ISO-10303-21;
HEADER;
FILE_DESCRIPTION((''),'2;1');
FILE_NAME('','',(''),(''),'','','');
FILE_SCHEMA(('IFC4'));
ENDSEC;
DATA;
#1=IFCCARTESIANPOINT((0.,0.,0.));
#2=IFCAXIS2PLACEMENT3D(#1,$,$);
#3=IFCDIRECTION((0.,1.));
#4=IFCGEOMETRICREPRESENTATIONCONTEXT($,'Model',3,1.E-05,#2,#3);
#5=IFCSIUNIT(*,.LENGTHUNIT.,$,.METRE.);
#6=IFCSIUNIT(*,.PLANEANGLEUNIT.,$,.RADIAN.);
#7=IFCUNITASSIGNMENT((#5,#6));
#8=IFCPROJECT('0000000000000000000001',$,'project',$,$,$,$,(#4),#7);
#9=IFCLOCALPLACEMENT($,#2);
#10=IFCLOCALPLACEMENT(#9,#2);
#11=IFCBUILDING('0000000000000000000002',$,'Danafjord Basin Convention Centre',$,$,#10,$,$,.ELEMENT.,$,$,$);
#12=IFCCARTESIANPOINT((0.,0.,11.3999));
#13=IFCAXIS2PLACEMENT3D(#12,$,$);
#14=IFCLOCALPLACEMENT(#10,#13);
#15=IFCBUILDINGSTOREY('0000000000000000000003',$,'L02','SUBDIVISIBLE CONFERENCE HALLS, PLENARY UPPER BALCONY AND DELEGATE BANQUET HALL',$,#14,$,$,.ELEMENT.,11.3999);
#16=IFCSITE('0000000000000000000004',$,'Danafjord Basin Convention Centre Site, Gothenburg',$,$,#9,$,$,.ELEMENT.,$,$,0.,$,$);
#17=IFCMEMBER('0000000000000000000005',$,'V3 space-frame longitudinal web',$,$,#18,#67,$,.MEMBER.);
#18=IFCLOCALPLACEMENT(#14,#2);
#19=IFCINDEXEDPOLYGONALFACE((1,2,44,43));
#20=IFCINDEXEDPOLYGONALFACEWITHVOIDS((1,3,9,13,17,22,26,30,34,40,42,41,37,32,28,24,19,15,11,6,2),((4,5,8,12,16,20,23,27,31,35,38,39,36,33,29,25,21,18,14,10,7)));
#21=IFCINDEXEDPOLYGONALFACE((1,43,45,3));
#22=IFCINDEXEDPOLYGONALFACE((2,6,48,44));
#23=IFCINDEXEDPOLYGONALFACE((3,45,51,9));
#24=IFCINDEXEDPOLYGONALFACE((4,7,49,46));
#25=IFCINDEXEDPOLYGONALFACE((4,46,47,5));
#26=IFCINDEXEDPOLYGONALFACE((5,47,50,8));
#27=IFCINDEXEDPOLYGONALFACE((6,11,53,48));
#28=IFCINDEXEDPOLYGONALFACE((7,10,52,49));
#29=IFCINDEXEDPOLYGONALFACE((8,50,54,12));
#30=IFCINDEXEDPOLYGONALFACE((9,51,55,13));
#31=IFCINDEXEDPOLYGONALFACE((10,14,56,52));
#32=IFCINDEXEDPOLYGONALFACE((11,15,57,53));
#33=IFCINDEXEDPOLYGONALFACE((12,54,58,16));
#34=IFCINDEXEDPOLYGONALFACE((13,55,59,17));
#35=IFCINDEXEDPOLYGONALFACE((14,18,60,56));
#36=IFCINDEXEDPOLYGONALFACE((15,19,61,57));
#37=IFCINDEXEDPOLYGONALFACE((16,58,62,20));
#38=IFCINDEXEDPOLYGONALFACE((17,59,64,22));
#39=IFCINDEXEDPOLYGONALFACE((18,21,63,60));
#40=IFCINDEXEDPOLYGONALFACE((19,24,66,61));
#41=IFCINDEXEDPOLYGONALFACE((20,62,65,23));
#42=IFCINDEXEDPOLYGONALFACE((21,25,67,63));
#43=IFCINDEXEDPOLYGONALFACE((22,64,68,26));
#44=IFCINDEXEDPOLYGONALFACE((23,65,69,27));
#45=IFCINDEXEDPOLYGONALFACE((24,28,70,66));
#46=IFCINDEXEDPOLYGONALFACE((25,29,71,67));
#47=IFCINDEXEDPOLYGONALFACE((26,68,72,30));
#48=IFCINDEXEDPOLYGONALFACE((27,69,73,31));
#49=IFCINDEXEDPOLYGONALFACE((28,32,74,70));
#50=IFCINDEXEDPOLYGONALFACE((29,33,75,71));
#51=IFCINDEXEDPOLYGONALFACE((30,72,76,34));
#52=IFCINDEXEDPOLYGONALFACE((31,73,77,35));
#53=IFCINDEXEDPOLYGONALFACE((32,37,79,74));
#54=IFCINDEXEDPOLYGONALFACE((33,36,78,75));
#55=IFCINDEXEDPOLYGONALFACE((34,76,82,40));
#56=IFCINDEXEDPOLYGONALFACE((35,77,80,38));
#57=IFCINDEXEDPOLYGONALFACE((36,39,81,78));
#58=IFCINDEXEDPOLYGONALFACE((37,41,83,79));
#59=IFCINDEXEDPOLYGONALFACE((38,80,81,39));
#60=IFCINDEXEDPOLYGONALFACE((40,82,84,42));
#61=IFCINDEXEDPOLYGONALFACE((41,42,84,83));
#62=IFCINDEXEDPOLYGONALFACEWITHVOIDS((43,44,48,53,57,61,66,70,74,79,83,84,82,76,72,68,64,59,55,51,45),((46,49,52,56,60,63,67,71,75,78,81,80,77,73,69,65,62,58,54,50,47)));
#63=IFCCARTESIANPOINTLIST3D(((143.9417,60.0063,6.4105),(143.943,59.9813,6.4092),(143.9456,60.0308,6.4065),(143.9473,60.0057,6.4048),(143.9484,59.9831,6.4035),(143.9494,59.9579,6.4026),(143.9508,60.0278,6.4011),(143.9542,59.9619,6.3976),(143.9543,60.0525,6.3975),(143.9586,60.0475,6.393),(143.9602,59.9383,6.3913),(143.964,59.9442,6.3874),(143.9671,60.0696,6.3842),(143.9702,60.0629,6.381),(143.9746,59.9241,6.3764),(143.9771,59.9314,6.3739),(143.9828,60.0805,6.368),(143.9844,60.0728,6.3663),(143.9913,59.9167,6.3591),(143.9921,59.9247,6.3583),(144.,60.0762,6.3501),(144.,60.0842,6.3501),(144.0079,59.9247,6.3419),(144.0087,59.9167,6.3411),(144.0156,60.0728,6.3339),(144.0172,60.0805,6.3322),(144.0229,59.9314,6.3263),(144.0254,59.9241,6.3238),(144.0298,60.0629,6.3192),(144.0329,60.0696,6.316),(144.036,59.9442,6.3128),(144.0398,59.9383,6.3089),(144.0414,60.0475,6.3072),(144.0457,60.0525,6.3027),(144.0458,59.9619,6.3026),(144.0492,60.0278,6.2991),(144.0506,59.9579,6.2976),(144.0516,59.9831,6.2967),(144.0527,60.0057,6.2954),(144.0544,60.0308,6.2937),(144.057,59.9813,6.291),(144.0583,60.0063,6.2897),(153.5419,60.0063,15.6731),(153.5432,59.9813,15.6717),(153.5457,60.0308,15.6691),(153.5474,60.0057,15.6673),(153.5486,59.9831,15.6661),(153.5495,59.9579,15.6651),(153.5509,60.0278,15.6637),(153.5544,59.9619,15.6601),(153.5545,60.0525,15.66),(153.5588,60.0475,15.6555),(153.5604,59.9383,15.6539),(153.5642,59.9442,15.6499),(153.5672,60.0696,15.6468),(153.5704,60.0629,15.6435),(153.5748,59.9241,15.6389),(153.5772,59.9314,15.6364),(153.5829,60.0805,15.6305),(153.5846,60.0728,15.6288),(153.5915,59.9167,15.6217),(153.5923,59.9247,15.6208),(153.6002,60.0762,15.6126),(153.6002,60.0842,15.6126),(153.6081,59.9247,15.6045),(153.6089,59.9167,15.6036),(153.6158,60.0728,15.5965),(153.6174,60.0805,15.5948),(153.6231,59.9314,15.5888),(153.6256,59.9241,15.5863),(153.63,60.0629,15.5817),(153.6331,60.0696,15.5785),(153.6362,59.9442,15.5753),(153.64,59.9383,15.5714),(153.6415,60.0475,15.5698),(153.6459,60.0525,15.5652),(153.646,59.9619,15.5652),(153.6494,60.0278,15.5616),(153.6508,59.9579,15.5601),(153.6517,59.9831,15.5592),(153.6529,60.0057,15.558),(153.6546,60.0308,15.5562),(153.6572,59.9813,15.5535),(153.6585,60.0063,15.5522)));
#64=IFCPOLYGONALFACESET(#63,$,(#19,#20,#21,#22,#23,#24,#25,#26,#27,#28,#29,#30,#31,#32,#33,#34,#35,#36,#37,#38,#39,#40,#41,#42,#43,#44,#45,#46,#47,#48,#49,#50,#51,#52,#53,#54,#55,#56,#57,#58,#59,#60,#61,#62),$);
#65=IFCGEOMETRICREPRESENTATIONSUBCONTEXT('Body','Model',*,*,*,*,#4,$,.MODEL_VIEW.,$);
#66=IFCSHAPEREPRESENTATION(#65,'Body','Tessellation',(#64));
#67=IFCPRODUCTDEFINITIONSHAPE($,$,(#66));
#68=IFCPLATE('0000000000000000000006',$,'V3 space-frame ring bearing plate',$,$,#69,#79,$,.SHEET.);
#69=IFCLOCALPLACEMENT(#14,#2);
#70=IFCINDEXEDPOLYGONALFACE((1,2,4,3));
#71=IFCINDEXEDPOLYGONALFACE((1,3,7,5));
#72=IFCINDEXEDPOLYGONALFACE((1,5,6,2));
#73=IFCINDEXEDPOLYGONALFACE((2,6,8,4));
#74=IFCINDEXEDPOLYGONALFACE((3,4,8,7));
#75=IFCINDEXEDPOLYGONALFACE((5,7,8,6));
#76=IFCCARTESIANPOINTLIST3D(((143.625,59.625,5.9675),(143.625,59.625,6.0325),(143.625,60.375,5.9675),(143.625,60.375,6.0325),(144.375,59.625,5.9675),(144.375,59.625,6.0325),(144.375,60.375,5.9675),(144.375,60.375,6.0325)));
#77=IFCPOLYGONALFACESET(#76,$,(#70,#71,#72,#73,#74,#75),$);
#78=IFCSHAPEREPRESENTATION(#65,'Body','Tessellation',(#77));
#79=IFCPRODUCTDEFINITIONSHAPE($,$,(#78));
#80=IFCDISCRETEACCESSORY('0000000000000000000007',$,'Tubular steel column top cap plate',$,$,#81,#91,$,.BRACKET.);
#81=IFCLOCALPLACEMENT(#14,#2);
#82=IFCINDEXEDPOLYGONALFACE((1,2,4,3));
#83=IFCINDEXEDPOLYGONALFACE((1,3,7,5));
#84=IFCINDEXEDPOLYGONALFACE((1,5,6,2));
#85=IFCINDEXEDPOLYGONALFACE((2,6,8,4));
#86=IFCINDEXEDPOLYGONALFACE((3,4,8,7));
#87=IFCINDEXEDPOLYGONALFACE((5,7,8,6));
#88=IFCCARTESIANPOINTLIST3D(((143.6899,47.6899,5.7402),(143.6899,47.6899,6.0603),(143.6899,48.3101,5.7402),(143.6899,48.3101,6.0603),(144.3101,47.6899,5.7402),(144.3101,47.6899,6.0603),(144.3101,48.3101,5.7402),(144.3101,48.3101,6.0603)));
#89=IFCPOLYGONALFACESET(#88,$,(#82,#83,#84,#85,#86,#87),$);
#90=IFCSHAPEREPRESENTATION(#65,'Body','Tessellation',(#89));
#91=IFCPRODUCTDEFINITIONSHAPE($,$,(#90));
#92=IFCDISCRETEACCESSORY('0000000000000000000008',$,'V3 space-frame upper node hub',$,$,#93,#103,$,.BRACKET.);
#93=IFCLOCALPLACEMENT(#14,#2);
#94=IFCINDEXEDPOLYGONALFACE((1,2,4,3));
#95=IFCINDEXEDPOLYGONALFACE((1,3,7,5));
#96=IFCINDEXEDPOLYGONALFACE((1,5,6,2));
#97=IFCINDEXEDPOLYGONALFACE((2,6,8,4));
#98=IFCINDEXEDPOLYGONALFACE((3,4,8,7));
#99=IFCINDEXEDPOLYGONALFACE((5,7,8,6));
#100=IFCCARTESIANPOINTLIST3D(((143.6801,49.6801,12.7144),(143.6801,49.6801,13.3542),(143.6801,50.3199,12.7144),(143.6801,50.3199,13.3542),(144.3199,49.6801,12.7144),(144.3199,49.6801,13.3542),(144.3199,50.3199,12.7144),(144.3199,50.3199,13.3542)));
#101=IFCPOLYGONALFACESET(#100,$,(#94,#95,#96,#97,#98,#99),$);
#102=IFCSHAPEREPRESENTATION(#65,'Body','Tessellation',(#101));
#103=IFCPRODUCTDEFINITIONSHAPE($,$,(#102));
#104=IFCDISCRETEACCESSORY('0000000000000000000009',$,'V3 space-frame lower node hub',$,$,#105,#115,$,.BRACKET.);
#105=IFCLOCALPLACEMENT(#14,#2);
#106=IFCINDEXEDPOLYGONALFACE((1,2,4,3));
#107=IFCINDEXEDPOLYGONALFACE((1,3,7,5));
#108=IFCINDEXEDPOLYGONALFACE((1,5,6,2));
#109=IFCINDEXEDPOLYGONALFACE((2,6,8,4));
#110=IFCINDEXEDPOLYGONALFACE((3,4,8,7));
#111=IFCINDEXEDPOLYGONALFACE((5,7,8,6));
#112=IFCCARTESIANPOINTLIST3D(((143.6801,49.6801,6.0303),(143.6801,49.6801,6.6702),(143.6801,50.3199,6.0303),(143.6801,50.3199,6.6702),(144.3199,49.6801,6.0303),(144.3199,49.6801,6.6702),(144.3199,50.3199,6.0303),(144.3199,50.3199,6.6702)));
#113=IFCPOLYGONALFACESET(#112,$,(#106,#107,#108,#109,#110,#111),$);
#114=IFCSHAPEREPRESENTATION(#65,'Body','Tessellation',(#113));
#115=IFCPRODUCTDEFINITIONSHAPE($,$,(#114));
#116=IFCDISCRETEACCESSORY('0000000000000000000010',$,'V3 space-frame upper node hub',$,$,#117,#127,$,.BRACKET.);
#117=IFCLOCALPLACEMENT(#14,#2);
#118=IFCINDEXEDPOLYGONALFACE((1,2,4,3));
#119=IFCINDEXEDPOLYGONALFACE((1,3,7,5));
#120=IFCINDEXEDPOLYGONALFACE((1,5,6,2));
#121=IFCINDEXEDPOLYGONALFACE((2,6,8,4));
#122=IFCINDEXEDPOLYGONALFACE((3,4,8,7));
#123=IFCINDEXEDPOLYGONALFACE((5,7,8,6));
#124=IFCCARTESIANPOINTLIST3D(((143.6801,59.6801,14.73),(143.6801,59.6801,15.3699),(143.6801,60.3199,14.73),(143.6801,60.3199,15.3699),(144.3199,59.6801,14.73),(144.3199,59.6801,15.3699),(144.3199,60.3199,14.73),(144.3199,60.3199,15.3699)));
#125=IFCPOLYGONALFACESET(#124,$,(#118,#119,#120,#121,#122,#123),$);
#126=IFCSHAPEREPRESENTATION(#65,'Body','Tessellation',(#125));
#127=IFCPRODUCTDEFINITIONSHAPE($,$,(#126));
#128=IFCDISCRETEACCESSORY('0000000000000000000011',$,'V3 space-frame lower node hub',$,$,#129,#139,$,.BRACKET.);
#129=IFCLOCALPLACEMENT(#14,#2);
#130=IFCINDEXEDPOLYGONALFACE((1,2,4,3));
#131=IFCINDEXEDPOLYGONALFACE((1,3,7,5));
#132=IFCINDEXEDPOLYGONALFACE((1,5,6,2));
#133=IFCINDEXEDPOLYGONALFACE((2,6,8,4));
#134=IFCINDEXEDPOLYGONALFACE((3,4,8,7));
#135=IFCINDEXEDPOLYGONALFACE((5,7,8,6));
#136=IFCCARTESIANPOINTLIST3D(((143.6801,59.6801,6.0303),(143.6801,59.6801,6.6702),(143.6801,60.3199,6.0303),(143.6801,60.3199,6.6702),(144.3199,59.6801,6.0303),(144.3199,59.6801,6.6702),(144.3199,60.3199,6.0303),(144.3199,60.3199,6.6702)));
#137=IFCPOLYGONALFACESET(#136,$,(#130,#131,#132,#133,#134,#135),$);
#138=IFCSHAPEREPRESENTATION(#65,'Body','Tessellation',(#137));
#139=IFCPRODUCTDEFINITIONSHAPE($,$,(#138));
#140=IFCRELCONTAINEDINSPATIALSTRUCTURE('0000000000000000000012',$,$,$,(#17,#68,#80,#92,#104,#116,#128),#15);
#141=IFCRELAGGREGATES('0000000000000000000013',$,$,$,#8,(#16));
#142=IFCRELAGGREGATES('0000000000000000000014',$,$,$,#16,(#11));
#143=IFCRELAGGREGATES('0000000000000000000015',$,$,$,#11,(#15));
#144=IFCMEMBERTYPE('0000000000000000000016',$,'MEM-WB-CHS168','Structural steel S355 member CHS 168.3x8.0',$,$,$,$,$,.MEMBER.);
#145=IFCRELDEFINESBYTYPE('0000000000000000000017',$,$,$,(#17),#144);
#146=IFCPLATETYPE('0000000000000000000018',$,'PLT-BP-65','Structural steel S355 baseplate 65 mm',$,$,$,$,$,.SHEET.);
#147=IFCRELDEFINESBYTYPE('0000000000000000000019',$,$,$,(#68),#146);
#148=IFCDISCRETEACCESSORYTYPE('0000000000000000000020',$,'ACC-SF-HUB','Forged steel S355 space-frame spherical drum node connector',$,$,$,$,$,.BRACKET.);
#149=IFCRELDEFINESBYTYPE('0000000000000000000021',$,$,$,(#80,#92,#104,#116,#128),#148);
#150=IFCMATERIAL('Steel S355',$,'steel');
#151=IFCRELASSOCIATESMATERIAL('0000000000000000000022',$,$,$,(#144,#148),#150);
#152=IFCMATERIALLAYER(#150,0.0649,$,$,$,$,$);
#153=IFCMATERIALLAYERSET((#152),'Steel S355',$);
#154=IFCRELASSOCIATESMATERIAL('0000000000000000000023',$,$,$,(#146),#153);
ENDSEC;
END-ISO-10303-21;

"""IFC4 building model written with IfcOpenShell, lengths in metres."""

from ifc_helpers import new_model, si_unit, direction, frame, origin, origin_2d, place, context, subcontext, project, spatial, rectangle, hollow_circle, extrude, material, layer, layer_set, material_profile, profile_set, type_object, element, save


model = new_model("IFC4")

# Units and contexts
model_context = context("Model", 3, precision=1e-05, world=origin(), true_north=direction((0.0, 1.0)))
body_context = subcontext(model_context, "Body", "Model", "MODEL_VIEW")
ifc_project = project(units=[si_unit("LENGTHUNIT", "METRE"), si_unit("PLANEANGLEUNIT", "RADIAN")], contexts=[model_context])

# Site, building, storey
site_placement = place(None, origin())
site = spatial("IfcSite", under=ifc_project, at=site_placement, Name="Danafjord Basin Convention Centre Site, Gothenburg", CompositionType="ELEMENT", RefElevation=0.0)
building_placement = place(site_placement, origin())
building = spatial("IfcBuilding", under=site, at=building_placement, Name="Danafjord Basin Convention Centre", CompositionType="ELEMENT")
storey_placement = place(building_placement, frame((0.0, 0.0, 11.3999)))
storey = spatial("IfcBuildingStorey", under=building, at=storey_placement, Name="L02", Description="SUBDIVISIBLE CONFERENCE HALLS, PLENARY UPPER BALCONY AND DELEGATE BANQUET HALL", CompositionType="ELEMENT", Elevation=11.3999)

# Shared definitions
ifc_material = material(Name="Steel S355", Category="steel")

# Member
ifc_material_profile_1 = material_profile(ifc_material, hollow_circle(Radius=0.0842, WallThickness=0.0081, at=origin_2d()), Name="CHS 168.3x8.0")
ifc_profile_set_1 = profile_set([ifc_material_profile_1], Name="Steel S355")
member_type_1 = type_object("IfcMemberType", Name="MEM-WB-CHS168", Description="Structural steel S355 member CHS 168.3x8.0", PredefinedType="MEMBER", material=ifc_profile_set_1)
member_1_placement = place(storey_placement, frame((144.0, 60.0, 6.3501), z_axis=(0.719649, 0.0, 0.694338), x_axis=(0.0, 1.0, 0.0)))
element("IfcMember", 1, at=member_1_placement, inside=storey, type_object=member_type_1, Name="V3 space-frame longitudinal web", PredefinedType="MEMBER", context=body_context, shape_type="SweptSolid", body=[
    extrude(hollow_circle(Radius=0.0842, WallThickness=0.0081, at=origin_2d()), origin(), (0.0, 0.0, 1.0), 13.3401),
])

# Plate
ifc_layer = layer(ifc_material, 0.0649)
ifc_layer_set = layer_set([ifc_layer], Name="Steel S355")
plate_type = type_object("IfcPlateType", Name="PLT-BP-65", Description="Structural steel S355 baseplate 65 mm", PredefinedType="SHEET", material=ifc_layer_set)
plate_placement = place(storey_placement, frame((144.0, 60.0, 5.9675), z_axis=(0.0, 0.0, 1.0), x_axis=(1.0, 0.0, 0.0)))
element("IfcPlate", 2, at=plate_placement, inside=storey, type_object=plate_type, Name="V3 space-frame ring bearing plate", PredefinedType="SHEET", context=body_context, shape_type="SweptSolid", body=[
    extrude(rectangle(XDim=0.75, YDim=0.75, at=origin_2d()), origin(), (0.0, 0.0, 1.0), 0.0649),
])

# Discrete accessories
discrete_accessory_type = type_object("IfcDiscreteAccessoryType", Name="ACC-SF-HUB", Description="Forged steel S355 space-frame spherical drum node connector", PredefinedType="BRACKET", material=ifc_material)
discrete_accessory_placement = place(storey_placement, frame((144.0, 48.0, 5.7402), z_axis=(0.0, 0.0, 1.0), x_axis=(1.0, 0.0, 0.0)))
element("IfcDiscreteAccessory", 3, at=discrete_accessory_placement, inside=storey, type_object=discrete_accessory_type, Name="Tubular steel column top cap plate", PredefinedType="BRACKET", context=body_context, shape_type="SweptSolid", body=[
    extrude(rectangle(XDim=0.6201, YDim=0.6201, at=origin_2d()), origin(), (0.0, 0.0, 1.0), 0.3201),
])
for number, where, z_axis, x_axis, name in (
    (4, (144.0, 50.0, 12.7144), (0.0, 0.0, 1.0), (1.0, 0.0, 0.0), "V3 space-frame upper node hub"),
    (5, (144.0, 50.0, 6.0303), (0.0, 0.0, 1.0), (1.0, 0.0, 0.0), "V3 space-frame lower node hub"),
    (6, (144.0, 60.0, 14.73), (0.0, 0.0, 1.0), (1.0, 0.0, 0.0), "V3 space-frame upper node hub"),
    (7, (144.0, 60.0, 6.0303), (0.0, 0.0, 1.0), (1.0, 0.0, 0.0), "V3 space-frame lower node hub"),
):
    element("IfcDiscreteAccessory", number, at=place(storey_placement, frame(where, z_axis=z_axis, x_axis=x_axis)), inside=storey, type_object=discrete_accessory_type, Name=name, PredefinedType="BRACKET", context=body_context, shape_type="SweptSolid", body=[
        extrude(rectangle(XDim=0.6399, YDim=0.6399, at=origin_2d()), origin(), (0.0, 0.0, 1.0), 0.6399),
    ])

save(model, "model.ifc")
